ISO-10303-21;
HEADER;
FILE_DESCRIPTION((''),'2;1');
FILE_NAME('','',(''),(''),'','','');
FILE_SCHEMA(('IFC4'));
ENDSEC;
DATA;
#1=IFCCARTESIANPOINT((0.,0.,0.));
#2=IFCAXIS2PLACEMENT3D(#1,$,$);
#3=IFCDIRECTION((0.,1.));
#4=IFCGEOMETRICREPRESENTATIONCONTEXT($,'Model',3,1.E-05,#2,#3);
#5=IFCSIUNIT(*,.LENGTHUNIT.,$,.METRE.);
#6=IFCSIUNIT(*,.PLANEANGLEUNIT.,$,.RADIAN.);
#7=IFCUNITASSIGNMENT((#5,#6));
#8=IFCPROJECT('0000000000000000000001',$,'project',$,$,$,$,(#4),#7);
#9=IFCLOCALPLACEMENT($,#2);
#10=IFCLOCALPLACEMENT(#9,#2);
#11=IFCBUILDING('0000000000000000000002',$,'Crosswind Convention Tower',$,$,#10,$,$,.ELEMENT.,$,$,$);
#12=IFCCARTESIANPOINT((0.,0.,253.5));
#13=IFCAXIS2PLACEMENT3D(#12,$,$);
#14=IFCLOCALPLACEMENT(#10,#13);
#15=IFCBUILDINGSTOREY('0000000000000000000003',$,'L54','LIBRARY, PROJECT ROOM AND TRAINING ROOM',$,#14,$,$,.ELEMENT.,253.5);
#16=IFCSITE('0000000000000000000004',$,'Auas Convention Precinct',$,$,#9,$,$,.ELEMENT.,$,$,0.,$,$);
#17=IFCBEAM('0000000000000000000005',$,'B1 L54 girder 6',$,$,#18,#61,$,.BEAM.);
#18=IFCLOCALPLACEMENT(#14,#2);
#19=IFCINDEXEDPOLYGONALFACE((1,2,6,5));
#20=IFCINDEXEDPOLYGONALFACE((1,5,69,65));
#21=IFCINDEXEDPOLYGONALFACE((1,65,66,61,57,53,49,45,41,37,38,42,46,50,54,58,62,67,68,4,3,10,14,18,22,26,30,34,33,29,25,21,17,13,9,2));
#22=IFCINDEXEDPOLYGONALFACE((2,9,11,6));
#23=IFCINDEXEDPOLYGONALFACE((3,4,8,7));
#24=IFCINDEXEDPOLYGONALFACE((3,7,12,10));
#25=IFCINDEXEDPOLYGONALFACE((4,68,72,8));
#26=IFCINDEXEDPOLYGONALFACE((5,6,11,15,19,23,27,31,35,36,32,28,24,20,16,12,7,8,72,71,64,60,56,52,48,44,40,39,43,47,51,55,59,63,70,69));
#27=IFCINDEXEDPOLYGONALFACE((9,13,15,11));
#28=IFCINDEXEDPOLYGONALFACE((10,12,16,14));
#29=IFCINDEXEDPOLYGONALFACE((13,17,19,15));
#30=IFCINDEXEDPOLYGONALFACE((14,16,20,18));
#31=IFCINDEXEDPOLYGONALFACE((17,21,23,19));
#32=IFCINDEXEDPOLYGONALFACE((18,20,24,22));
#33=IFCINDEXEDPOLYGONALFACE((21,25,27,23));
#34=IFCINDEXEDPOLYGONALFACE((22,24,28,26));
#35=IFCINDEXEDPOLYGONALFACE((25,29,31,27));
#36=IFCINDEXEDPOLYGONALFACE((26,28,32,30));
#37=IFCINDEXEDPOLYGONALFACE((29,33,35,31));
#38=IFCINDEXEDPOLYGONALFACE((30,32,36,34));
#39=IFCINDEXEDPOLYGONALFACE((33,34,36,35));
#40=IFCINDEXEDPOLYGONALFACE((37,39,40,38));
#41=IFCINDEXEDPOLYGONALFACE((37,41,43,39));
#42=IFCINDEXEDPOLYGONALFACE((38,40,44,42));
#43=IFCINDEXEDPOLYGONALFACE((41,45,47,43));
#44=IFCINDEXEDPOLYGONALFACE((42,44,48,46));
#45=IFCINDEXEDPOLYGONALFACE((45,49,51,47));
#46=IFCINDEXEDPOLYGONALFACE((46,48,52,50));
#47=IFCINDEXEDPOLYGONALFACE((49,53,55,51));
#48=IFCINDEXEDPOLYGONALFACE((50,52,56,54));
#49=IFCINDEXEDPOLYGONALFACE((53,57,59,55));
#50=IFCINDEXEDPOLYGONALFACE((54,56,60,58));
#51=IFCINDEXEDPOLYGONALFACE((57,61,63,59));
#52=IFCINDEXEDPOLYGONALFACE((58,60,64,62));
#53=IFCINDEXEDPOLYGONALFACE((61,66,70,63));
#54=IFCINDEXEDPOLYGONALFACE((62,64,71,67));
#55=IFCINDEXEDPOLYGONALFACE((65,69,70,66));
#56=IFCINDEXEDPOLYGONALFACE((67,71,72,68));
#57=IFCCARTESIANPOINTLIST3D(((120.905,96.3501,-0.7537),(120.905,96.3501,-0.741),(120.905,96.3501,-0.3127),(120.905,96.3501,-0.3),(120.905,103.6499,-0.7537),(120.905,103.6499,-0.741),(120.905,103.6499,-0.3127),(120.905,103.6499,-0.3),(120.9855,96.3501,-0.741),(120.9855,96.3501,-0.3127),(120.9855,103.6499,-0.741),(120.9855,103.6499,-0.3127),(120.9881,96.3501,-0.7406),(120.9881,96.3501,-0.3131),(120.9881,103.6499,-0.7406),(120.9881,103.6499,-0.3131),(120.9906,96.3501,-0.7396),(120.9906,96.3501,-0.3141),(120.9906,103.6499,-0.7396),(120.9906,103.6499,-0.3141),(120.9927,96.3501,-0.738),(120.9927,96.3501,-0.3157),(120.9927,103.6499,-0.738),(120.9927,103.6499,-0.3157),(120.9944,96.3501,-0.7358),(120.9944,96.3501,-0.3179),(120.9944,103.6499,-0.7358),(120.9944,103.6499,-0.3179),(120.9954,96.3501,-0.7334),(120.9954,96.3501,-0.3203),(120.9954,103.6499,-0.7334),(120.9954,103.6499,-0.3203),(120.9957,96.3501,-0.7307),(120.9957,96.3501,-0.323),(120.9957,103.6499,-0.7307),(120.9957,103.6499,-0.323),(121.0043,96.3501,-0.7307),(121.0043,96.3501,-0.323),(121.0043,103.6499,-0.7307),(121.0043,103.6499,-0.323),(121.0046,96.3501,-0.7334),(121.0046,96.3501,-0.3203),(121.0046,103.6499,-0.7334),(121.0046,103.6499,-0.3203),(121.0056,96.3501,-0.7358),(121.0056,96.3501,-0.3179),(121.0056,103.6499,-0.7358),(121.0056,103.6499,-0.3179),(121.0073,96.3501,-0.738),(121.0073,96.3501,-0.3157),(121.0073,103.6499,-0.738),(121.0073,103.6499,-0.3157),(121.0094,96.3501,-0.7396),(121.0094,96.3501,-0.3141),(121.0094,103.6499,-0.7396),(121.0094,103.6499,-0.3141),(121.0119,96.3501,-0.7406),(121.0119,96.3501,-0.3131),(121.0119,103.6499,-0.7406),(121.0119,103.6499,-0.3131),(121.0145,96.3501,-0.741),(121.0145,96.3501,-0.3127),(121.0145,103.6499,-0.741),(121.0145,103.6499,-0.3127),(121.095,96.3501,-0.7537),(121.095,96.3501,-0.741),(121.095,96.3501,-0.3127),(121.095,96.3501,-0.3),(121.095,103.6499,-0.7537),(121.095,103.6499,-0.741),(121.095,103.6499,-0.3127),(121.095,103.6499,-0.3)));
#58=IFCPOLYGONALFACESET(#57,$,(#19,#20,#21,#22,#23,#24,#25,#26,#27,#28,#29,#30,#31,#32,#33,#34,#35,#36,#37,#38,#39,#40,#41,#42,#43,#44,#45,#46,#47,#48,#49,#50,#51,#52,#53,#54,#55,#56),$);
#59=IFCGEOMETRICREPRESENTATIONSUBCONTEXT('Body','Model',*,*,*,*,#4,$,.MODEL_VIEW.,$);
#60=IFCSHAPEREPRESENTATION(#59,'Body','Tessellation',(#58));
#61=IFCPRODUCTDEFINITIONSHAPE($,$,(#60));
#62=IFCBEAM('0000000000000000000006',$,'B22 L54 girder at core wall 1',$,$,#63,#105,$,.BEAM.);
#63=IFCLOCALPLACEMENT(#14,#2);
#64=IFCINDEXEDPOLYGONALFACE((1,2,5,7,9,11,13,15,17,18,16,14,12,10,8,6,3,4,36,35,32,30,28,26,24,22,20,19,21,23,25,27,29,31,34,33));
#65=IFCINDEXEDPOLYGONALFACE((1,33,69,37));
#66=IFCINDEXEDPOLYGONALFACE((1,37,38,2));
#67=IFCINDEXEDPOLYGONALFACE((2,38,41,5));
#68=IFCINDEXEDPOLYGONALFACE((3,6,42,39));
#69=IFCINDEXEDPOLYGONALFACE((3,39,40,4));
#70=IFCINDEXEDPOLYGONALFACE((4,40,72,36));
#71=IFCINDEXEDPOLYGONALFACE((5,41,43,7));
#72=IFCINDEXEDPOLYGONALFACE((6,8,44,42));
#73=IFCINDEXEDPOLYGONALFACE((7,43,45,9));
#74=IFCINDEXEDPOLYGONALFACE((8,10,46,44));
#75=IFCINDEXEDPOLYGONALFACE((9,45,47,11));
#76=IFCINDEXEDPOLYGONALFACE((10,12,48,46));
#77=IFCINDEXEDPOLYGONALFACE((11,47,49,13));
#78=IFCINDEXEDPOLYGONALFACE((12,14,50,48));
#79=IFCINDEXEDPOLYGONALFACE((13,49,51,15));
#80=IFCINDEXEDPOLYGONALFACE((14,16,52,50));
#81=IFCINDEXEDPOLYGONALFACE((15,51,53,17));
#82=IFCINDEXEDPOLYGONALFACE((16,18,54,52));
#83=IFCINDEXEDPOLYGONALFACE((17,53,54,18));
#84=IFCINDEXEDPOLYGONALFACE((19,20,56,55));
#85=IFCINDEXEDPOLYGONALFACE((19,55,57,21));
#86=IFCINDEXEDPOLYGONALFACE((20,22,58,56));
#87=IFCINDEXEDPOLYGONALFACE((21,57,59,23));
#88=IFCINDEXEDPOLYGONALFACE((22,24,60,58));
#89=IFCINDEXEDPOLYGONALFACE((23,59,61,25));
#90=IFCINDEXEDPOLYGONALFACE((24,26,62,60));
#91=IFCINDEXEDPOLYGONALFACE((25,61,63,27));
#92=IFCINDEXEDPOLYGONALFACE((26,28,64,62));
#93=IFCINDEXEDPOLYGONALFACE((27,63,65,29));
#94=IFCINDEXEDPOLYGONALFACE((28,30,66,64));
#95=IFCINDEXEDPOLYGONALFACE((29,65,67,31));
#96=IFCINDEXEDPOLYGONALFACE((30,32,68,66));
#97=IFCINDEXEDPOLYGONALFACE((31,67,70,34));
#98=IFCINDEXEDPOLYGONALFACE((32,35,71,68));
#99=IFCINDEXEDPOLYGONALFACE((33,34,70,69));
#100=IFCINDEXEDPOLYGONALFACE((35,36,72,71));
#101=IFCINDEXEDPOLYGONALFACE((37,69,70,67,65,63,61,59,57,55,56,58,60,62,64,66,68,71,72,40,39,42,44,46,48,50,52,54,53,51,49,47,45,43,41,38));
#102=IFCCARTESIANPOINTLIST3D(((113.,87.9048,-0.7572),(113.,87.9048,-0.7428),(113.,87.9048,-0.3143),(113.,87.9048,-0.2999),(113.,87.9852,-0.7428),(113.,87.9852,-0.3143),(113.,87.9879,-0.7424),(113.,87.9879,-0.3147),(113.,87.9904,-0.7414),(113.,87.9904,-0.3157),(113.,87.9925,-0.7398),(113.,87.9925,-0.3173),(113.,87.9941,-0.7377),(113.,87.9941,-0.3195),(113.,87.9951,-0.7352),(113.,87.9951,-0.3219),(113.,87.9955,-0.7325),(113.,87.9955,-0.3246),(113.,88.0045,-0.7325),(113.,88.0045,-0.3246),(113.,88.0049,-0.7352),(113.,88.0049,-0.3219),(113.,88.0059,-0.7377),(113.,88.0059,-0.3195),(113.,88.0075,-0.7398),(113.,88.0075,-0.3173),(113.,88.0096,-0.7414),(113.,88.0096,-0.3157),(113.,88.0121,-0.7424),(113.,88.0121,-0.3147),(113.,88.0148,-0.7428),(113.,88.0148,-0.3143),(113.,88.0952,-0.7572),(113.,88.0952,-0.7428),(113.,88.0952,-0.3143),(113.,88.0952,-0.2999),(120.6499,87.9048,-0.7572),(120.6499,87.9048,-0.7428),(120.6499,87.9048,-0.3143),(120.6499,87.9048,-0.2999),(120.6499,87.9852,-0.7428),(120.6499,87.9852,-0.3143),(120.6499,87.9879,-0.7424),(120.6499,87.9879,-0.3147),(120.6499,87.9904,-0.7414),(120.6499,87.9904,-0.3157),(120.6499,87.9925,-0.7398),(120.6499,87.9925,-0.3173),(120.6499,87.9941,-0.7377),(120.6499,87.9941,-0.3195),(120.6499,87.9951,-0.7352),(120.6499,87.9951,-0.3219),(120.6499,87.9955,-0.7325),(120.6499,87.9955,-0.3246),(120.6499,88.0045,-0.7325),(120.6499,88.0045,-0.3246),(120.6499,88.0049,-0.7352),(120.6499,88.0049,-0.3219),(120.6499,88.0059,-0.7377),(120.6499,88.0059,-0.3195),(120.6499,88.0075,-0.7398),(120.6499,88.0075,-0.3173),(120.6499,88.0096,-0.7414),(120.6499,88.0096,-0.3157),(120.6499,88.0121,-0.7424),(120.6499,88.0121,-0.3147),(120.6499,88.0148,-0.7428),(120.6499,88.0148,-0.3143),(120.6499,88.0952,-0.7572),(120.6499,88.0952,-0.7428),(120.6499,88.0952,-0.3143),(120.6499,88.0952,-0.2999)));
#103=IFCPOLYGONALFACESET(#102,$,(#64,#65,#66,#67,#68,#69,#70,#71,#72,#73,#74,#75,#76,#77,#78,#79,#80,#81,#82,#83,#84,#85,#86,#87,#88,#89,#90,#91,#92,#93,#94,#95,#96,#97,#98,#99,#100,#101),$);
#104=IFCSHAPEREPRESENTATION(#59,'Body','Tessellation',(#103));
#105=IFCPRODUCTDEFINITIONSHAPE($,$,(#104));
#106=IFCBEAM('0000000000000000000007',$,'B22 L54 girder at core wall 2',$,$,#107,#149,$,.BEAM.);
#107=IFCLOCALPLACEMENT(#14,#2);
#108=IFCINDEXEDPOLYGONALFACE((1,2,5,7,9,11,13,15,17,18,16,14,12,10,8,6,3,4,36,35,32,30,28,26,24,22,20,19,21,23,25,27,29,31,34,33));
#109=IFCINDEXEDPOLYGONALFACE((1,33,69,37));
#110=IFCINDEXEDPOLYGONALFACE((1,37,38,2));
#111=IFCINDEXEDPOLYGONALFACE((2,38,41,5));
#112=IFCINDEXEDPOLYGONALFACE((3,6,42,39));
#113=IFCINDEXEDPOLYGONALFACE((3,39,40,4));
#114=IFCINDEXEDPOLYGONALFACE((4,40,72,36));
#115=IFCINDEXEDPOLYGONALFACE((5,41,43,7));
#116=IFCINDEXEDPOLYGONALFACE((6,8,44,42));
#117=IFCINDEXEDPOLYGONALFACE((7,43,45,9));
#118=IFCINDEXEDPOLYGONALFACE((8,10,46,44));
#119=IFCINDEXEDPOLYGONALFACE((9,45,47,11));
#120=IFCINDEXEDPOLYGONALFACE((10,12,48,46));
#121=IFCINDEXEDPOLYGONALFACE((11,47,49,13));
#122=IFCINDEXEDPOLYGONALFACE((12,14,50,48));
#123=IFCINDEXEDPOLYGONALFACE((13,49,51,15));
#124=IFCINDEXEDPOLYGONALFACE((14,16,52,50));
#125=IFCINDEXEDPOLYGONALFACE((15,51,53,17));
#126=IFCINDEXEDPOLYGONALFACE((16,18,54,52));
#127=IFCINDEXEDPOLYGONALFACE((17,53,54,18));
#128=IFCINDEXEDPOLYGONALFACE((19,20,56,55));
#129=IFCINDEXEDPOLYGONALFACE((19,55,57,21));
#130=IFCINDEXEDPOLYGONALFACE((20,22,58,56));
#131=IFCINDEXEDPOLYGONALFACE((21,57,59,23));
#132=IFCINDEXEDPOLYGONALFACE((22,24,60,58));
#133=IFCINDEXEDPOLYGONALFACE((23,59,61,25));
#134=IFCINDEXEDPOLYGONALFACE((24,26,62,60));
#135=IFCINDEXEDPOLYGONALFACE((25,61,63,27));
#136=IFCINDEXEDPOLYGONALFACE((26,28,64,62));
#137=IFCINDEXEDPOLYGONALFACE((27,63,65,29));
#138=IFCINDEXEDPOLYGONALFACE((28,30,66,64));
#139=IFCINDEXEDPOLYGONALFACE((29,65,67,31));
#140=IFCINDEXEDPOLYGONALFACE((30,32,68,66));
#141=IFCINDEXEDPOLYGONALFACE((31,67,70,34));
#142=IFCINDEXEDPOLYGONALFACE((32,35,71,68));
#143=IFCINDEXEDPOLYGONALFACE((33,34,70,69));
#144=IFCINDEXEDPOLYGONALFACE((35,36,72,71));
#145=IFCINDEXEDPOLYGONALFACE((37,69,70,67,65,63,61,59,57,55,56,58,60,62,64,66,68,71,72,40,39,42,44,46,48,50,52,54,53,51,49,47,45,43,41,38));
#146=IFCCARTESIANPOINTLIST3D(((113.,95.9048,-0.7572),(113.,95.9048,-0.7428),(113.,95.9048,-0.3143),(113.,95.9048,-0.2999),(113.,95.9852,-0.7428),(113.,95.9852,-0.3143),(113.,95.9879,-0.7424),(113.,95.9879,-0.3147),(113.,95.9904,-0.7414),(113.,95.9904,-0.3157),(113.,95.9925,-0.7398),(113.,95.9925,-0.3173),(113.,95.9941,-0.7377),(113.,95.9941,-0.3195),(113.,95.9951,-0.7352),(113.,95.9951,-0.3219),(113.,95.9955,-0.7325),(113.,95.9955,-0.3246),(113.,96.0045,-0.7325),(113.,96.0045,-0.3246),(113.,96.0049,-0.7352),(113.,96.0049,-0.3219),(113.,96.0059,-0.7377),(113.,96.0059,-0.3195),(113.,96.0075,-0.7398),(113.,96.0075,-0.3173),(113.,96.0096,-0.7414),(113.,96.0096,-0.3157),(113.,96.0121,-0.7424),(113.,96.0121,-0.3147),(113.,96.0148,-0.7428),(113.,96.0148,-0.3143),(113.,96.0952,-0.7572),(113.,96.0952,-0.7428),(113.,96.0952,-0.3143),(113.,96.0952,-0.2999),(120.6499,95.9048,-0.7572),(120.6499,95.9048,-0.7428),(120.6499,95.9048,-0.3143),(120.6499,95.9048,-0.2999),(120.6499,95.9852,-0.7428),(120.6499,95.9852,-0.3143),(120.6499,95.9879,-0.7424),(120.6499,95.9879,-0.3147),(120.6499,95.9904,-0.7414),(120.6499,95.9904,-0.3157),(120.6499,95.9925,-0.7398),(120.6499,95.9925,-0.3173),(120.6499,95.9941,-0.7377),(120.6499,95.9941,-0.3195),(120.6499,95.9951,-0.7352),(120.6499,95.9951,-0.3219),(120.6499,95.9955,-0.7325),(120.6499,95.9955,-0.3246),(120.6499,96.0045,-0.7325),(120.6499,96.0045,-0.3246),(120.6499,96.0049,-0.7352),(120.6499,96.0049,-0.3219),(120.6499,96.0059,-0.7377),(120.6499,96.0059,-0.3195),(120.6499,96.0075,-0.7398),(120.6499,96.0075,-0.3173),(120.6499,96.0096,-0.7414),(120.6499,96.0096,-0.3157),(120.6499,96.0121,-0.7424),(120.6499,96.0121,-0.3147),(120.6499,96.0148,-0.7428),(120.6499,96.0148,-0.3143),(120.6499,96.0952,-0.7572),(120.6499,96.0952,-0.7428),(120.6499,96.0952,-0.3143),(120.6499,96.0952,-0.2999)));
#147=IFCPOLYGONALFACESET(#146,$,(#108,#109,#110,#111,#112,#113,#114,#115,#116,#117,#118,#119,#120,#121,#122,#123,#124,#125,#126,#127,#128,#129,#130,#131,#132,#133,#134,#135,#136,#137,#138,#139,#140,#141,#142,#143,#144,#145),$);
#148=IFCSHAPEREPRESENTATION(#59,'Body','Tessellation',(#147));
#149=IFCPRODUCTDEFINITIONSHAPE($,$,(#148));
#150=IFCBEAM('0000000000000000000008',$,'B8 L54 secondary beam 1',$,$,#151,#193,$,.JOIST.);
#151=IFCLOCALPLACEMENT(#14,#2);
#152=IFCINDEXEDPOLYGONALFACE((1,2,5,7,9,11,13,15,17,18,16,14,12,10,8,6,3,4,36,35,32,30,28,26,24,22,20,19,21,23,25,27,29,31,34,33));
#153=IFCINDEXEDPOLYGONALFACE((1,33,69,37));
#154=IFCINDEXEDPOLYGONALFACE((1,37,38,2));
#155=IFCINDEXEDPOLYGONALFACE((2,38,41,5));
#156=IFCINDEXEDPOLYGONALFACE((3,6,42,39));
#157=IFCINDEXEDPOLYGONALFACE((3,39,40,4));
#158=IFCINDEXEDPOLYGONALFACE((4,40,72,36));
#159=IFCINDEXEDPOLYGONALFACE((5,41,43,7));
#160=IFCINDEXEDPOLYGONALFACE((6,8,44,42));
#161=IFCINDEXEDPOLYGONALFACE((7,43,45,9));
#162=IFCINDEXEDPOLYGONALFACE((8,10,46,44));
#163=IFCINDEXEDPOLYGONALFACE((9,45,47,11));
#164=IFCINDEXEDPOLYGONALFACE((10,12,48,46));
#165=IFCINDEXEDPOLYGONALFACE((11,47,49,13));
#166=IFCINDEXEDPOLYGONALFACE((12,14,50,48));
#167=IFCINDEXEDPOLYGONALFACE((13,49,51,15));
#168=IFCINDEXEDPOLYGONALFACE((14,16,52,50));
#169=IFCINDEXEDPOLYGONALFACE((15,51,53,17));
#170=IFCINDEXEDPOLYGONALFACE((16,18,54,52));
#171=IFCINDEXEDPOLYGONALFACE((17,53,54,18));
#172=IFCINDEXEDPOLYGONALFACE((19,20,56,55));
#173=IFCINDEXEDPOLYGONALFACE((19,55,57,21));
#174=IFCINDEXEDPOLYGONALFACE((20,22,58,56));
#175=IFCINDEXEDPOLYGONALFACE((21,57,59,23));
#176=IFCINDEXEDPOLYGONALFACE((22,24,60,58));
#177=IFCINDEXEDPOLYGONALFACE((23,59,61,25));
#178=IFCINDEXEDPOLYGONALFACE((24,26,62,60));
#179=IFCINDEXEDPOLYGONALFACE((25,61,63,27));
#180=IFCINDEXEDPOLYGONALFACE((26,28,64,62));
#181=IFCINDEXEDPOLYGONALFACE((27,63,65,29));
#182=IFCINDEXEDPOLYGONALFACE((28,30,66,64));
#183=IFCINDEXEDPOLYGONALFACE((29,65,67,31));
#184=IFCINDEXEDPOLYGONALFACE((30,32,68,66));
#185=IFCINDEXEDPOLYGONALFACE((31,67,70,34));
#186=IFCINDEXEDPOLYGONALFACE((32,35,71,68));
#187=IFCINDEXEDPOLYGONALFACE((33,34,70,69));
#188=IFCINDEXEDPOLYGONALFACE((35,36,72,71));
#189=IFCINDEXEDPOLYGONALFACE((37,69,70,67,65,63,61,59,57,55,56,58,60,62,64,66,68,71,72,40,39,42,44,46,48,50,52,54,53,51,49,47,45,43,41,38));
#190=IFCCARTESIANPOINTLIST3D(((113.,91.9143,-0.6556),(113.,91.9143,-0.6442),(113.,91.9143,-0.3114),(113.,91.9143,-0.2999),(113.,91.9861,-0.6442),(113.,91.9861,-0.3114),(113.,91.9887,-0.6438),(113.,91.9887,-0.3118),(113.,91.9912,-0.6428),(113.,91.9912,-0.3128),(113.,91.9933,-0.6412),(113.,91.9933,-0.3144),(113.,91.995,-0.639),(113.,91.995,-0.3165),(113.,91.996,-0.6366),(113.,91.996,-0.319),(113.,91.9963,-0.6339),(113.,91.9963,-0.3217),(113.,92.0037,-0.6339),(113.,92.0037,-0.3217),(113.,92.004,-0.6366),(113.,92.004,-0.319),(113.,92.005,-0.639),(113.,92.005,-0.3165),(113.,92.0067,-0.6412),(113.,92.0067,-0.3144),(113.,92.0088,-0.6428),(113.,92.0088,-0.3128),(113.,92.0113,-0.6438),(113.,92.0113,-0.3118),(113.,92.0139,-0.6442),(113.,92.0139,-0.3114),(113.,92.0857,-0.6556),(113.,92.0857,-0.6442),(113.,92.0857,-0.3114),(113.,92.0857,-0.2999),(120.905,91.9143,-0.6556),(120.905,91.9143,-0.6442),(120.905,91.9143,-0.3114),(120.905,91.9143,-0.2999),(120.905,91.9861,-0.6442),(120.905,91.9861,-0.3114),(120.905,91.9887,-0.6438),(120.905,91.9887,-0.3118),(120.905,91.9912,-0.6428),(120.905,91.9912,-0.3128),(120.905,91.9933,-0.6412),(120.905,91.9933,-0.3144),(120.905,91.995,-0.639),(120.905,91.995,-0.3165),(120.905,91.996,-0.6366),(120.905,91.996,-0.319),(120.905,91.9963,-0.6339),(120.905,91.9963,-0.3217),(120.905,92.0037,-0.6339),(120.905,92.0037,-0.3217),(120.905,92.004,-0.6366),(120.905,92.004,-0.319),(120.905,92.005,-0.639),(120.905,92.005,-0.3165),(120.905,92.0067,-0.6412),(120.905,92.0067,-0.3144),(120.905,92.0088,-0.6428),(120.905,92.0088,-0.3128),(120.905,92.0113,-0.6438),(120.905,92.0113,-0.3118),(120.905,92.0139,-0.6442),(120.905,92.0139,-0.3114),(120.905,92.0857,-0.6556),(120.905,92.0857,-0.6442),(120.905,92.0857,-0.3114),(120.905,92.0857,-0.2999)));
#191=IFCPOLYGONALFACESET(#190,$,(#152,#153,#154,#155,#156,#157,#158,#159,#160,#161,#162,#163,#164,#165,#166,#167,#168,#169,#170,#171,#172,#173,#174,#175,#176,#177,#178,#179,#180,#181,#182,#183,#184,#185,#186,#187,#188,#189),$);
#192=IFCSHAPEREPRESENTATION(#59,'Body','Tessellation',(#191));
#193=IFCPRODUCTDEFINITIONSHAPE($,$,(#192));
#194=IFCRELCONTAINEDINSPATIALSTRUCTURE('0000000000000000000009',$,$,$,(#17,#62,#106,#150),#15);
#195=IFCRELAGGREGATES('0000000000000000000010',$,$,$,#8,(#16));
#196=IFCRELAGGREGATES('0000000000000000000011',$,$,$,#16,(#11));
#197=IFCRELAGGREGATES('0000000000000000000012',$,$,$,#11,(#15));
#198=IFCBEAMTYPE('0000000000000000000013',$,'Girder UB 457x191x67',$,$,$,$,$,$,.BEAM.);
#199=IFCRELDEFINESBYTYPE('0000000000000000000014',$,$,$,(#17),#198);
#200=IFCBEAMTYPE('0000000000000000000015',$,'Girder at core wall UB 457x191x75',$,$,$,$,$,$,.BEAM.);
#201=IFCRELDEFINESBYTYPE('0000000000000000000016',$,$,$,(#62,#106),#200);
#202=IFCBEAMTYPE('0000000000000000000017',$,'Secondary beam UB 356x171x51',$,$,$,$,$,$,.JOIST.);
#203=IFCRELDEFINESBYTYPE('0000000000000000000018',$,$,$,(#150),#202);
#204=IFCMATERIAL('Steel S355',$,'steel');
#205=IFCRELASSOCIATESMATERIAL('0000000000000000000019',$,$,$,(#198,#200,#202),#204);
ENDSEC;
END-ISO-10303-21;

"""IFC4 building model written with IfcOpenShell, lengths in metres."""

from ifc_helpers import new_model, si_unit, direction, frame, origin, origin_2d, place, context, subcontext, project, spatial, i_section, extrude, material, material_profile, profile_set, type_object, element, save


model = new_model("IFC4")

# Units and contexts
model_context = context("Model", 3, precision=1e-05, world=origin(), true_north=direction((0.0, 1.0)))
body_context = subcontext(model_context, "Body", "Model", "MODEL_VIEW")
ifc_project = project(units=[si_unit("LENGTHUNIT", "METRE"), si_unit("PLANEANGLEUNIT", "RADIAN")], contexts=[model_context])

# Site, building, storey
site_placement = place(None, origin())
site = spatial("IfcSite", under=ifc_project, at=site_placement, Name="Auas Convention Precinct", CompositionType="ELEMENT", RefElevation=0.0)
building_placement = place(site_placement, origin())
building = spatial("IfcBuilding", under=site, at=building_placement, Name="Crosswind Convention Tower", CompositionType="ELEMENT")
storey_placement = place(building_placement, frame((0.0, 0.0, 253.5)))
storey = spatial("IfcBuildingStorey", under=building, at=storey_placement, Name="L54", Description="LIBRARY, PROJECT ROOM AND TRAINING ROOM", CompositionType="ELEMENT", Elevation=253.5)

# Beams
ifc_material_1 = material(Name="Steel S355", Category="steel")
ifc_material_profile_1 = material_profile(ifc_material_1, i_section(OverallWidth=0.1899, OverallDepth=0.4536, WebThickness=0.0085, FlangeThickness=0.0127, FilletRadius=0.0103, at=origin_2d()), Name="UB 457x191x67")
ifc_profile_set_1 = profile_set([ifc_material_profile_1], Name="Steel S355")
beam_type_1 = type_object("IfcBeamType", Name="Girder UB 457x191x67", PredefinedType="BEAM", material=ifc_profile_set_1)
for number, where, z_axis, x_axis, name in (
    (1, (121.0, 96.3501, -0.5269), (0.0, 1.0, 0.0), (-1.0, 0.0, 0.0), "B1 L54 girder 6"),
):
    element("IfcBeam", number, at=place(storey_placement, frame(where, z_axis=z_axis, x_axis=x_axis)), inside=storey, type_object=beam_type_1, Name=name, PredefinedType="BEAM", context=body_context, shape_type="SweptSolid", body=[
        extrude(i_section(OverallWidth=0.1899, OverallDepth=0.4536, WebThickness=0.0085, FlangeThickness=0.0127, FilletRadius=0.0103, at=origin_2d()), origin(), (0.0, 0.0, 1.0), 7.2998),
    ])
ifc_material_profile_2 = material_profile(ifc_material_1, i_section(OverallWidth=0.1904, OverallDepth=0.4573, WebThickness=0.009, FlangeThickness=0.0144, FilletRadius=0.0103, at=origin_2d()), Name="UB 457x191x75")
ifc_profile_set_2 = profile_set([ifc_material_profile_2], Name="Steel S355")
beam_type_2 = type_object("IfcBeamType", Name="Girder at core wall UB 457x191x75", PredefinedType="BEAM", material=ifc_profile_set_2)
for number, where, z_axis, x_axis, name in (
    (2, (113.0, 88.0, -0.5286), (1.0, 0.0, 0.0), (0.0, 1.0, 0.0), "B22 L54 girder at core wall 1"),
    (3, (113.0, 96.0, -0.5286), (1.0, 0.0, 0.0), (0.0, 1.0, 0.0), "B22 L54 girder at core wall 2"),
):
    element("IfcBeam", number, at=place(storey_placement, frame(where, z_axis=z_axis, x_axis=x_axis)), inside=storey, type_object=beam_type_2, Name=name, PredefinedType="BEAM", context=body_context, shape_type="SweptSolid", body=[
        extrude(i_section(OverallWidth=0.1904, OverallDepth=0.4573, WebThickness=0.009, FlangeThickness=0.0144, FilletRadius=0.0103, at=origin_2d()), origin(), (0.0, 0.0, 1.0), 7.6499),
    ])
ifc_material_profile_3 = material_profile(ifc_material_1, i_section(OverallWidth=0.1714, OverallDepth=0.3557, WebThickness=0.0073, FlangeThickness=0.0115, FilletRadius=0.0103, at=origin_2d()), Name="UB 356x171x51")
ifc_profile_set_3 = profile_set([ifc_material_profile_3], Name="Steel S355")
beam_type_3 = type_object("IfcBeamType", Name="Secondary beam UB 356x171x51", PredefinedType="JOIST", material=ifc_profile_set_3)
beam_1_placement = place(storey_placement, frame((113.0, 92.0, -0.4778), z_axis=(1.0, 0.0, 0.0), x_axis=(0.0, 1.0, 0.0)))
element("IfcBeam", 4, at=beam_1_placement, inside=storey, type_object=beam_type_3, Name="B8 L54 secondary beam 1", PredefinedType="JOIST", context=body_context, shape_type="SweptSolid", body=[
    extrude(i_section(OverallWidth=0.1714, OverallDepth=0.3557, WebThickness=0.0073, FlangeThickness=0.0115, FilletRadius=0.0103, at=origin_2d()), origin(), (0.0, 0.0, 1.0), 7.905),
])

save(model, "model.ifc")
